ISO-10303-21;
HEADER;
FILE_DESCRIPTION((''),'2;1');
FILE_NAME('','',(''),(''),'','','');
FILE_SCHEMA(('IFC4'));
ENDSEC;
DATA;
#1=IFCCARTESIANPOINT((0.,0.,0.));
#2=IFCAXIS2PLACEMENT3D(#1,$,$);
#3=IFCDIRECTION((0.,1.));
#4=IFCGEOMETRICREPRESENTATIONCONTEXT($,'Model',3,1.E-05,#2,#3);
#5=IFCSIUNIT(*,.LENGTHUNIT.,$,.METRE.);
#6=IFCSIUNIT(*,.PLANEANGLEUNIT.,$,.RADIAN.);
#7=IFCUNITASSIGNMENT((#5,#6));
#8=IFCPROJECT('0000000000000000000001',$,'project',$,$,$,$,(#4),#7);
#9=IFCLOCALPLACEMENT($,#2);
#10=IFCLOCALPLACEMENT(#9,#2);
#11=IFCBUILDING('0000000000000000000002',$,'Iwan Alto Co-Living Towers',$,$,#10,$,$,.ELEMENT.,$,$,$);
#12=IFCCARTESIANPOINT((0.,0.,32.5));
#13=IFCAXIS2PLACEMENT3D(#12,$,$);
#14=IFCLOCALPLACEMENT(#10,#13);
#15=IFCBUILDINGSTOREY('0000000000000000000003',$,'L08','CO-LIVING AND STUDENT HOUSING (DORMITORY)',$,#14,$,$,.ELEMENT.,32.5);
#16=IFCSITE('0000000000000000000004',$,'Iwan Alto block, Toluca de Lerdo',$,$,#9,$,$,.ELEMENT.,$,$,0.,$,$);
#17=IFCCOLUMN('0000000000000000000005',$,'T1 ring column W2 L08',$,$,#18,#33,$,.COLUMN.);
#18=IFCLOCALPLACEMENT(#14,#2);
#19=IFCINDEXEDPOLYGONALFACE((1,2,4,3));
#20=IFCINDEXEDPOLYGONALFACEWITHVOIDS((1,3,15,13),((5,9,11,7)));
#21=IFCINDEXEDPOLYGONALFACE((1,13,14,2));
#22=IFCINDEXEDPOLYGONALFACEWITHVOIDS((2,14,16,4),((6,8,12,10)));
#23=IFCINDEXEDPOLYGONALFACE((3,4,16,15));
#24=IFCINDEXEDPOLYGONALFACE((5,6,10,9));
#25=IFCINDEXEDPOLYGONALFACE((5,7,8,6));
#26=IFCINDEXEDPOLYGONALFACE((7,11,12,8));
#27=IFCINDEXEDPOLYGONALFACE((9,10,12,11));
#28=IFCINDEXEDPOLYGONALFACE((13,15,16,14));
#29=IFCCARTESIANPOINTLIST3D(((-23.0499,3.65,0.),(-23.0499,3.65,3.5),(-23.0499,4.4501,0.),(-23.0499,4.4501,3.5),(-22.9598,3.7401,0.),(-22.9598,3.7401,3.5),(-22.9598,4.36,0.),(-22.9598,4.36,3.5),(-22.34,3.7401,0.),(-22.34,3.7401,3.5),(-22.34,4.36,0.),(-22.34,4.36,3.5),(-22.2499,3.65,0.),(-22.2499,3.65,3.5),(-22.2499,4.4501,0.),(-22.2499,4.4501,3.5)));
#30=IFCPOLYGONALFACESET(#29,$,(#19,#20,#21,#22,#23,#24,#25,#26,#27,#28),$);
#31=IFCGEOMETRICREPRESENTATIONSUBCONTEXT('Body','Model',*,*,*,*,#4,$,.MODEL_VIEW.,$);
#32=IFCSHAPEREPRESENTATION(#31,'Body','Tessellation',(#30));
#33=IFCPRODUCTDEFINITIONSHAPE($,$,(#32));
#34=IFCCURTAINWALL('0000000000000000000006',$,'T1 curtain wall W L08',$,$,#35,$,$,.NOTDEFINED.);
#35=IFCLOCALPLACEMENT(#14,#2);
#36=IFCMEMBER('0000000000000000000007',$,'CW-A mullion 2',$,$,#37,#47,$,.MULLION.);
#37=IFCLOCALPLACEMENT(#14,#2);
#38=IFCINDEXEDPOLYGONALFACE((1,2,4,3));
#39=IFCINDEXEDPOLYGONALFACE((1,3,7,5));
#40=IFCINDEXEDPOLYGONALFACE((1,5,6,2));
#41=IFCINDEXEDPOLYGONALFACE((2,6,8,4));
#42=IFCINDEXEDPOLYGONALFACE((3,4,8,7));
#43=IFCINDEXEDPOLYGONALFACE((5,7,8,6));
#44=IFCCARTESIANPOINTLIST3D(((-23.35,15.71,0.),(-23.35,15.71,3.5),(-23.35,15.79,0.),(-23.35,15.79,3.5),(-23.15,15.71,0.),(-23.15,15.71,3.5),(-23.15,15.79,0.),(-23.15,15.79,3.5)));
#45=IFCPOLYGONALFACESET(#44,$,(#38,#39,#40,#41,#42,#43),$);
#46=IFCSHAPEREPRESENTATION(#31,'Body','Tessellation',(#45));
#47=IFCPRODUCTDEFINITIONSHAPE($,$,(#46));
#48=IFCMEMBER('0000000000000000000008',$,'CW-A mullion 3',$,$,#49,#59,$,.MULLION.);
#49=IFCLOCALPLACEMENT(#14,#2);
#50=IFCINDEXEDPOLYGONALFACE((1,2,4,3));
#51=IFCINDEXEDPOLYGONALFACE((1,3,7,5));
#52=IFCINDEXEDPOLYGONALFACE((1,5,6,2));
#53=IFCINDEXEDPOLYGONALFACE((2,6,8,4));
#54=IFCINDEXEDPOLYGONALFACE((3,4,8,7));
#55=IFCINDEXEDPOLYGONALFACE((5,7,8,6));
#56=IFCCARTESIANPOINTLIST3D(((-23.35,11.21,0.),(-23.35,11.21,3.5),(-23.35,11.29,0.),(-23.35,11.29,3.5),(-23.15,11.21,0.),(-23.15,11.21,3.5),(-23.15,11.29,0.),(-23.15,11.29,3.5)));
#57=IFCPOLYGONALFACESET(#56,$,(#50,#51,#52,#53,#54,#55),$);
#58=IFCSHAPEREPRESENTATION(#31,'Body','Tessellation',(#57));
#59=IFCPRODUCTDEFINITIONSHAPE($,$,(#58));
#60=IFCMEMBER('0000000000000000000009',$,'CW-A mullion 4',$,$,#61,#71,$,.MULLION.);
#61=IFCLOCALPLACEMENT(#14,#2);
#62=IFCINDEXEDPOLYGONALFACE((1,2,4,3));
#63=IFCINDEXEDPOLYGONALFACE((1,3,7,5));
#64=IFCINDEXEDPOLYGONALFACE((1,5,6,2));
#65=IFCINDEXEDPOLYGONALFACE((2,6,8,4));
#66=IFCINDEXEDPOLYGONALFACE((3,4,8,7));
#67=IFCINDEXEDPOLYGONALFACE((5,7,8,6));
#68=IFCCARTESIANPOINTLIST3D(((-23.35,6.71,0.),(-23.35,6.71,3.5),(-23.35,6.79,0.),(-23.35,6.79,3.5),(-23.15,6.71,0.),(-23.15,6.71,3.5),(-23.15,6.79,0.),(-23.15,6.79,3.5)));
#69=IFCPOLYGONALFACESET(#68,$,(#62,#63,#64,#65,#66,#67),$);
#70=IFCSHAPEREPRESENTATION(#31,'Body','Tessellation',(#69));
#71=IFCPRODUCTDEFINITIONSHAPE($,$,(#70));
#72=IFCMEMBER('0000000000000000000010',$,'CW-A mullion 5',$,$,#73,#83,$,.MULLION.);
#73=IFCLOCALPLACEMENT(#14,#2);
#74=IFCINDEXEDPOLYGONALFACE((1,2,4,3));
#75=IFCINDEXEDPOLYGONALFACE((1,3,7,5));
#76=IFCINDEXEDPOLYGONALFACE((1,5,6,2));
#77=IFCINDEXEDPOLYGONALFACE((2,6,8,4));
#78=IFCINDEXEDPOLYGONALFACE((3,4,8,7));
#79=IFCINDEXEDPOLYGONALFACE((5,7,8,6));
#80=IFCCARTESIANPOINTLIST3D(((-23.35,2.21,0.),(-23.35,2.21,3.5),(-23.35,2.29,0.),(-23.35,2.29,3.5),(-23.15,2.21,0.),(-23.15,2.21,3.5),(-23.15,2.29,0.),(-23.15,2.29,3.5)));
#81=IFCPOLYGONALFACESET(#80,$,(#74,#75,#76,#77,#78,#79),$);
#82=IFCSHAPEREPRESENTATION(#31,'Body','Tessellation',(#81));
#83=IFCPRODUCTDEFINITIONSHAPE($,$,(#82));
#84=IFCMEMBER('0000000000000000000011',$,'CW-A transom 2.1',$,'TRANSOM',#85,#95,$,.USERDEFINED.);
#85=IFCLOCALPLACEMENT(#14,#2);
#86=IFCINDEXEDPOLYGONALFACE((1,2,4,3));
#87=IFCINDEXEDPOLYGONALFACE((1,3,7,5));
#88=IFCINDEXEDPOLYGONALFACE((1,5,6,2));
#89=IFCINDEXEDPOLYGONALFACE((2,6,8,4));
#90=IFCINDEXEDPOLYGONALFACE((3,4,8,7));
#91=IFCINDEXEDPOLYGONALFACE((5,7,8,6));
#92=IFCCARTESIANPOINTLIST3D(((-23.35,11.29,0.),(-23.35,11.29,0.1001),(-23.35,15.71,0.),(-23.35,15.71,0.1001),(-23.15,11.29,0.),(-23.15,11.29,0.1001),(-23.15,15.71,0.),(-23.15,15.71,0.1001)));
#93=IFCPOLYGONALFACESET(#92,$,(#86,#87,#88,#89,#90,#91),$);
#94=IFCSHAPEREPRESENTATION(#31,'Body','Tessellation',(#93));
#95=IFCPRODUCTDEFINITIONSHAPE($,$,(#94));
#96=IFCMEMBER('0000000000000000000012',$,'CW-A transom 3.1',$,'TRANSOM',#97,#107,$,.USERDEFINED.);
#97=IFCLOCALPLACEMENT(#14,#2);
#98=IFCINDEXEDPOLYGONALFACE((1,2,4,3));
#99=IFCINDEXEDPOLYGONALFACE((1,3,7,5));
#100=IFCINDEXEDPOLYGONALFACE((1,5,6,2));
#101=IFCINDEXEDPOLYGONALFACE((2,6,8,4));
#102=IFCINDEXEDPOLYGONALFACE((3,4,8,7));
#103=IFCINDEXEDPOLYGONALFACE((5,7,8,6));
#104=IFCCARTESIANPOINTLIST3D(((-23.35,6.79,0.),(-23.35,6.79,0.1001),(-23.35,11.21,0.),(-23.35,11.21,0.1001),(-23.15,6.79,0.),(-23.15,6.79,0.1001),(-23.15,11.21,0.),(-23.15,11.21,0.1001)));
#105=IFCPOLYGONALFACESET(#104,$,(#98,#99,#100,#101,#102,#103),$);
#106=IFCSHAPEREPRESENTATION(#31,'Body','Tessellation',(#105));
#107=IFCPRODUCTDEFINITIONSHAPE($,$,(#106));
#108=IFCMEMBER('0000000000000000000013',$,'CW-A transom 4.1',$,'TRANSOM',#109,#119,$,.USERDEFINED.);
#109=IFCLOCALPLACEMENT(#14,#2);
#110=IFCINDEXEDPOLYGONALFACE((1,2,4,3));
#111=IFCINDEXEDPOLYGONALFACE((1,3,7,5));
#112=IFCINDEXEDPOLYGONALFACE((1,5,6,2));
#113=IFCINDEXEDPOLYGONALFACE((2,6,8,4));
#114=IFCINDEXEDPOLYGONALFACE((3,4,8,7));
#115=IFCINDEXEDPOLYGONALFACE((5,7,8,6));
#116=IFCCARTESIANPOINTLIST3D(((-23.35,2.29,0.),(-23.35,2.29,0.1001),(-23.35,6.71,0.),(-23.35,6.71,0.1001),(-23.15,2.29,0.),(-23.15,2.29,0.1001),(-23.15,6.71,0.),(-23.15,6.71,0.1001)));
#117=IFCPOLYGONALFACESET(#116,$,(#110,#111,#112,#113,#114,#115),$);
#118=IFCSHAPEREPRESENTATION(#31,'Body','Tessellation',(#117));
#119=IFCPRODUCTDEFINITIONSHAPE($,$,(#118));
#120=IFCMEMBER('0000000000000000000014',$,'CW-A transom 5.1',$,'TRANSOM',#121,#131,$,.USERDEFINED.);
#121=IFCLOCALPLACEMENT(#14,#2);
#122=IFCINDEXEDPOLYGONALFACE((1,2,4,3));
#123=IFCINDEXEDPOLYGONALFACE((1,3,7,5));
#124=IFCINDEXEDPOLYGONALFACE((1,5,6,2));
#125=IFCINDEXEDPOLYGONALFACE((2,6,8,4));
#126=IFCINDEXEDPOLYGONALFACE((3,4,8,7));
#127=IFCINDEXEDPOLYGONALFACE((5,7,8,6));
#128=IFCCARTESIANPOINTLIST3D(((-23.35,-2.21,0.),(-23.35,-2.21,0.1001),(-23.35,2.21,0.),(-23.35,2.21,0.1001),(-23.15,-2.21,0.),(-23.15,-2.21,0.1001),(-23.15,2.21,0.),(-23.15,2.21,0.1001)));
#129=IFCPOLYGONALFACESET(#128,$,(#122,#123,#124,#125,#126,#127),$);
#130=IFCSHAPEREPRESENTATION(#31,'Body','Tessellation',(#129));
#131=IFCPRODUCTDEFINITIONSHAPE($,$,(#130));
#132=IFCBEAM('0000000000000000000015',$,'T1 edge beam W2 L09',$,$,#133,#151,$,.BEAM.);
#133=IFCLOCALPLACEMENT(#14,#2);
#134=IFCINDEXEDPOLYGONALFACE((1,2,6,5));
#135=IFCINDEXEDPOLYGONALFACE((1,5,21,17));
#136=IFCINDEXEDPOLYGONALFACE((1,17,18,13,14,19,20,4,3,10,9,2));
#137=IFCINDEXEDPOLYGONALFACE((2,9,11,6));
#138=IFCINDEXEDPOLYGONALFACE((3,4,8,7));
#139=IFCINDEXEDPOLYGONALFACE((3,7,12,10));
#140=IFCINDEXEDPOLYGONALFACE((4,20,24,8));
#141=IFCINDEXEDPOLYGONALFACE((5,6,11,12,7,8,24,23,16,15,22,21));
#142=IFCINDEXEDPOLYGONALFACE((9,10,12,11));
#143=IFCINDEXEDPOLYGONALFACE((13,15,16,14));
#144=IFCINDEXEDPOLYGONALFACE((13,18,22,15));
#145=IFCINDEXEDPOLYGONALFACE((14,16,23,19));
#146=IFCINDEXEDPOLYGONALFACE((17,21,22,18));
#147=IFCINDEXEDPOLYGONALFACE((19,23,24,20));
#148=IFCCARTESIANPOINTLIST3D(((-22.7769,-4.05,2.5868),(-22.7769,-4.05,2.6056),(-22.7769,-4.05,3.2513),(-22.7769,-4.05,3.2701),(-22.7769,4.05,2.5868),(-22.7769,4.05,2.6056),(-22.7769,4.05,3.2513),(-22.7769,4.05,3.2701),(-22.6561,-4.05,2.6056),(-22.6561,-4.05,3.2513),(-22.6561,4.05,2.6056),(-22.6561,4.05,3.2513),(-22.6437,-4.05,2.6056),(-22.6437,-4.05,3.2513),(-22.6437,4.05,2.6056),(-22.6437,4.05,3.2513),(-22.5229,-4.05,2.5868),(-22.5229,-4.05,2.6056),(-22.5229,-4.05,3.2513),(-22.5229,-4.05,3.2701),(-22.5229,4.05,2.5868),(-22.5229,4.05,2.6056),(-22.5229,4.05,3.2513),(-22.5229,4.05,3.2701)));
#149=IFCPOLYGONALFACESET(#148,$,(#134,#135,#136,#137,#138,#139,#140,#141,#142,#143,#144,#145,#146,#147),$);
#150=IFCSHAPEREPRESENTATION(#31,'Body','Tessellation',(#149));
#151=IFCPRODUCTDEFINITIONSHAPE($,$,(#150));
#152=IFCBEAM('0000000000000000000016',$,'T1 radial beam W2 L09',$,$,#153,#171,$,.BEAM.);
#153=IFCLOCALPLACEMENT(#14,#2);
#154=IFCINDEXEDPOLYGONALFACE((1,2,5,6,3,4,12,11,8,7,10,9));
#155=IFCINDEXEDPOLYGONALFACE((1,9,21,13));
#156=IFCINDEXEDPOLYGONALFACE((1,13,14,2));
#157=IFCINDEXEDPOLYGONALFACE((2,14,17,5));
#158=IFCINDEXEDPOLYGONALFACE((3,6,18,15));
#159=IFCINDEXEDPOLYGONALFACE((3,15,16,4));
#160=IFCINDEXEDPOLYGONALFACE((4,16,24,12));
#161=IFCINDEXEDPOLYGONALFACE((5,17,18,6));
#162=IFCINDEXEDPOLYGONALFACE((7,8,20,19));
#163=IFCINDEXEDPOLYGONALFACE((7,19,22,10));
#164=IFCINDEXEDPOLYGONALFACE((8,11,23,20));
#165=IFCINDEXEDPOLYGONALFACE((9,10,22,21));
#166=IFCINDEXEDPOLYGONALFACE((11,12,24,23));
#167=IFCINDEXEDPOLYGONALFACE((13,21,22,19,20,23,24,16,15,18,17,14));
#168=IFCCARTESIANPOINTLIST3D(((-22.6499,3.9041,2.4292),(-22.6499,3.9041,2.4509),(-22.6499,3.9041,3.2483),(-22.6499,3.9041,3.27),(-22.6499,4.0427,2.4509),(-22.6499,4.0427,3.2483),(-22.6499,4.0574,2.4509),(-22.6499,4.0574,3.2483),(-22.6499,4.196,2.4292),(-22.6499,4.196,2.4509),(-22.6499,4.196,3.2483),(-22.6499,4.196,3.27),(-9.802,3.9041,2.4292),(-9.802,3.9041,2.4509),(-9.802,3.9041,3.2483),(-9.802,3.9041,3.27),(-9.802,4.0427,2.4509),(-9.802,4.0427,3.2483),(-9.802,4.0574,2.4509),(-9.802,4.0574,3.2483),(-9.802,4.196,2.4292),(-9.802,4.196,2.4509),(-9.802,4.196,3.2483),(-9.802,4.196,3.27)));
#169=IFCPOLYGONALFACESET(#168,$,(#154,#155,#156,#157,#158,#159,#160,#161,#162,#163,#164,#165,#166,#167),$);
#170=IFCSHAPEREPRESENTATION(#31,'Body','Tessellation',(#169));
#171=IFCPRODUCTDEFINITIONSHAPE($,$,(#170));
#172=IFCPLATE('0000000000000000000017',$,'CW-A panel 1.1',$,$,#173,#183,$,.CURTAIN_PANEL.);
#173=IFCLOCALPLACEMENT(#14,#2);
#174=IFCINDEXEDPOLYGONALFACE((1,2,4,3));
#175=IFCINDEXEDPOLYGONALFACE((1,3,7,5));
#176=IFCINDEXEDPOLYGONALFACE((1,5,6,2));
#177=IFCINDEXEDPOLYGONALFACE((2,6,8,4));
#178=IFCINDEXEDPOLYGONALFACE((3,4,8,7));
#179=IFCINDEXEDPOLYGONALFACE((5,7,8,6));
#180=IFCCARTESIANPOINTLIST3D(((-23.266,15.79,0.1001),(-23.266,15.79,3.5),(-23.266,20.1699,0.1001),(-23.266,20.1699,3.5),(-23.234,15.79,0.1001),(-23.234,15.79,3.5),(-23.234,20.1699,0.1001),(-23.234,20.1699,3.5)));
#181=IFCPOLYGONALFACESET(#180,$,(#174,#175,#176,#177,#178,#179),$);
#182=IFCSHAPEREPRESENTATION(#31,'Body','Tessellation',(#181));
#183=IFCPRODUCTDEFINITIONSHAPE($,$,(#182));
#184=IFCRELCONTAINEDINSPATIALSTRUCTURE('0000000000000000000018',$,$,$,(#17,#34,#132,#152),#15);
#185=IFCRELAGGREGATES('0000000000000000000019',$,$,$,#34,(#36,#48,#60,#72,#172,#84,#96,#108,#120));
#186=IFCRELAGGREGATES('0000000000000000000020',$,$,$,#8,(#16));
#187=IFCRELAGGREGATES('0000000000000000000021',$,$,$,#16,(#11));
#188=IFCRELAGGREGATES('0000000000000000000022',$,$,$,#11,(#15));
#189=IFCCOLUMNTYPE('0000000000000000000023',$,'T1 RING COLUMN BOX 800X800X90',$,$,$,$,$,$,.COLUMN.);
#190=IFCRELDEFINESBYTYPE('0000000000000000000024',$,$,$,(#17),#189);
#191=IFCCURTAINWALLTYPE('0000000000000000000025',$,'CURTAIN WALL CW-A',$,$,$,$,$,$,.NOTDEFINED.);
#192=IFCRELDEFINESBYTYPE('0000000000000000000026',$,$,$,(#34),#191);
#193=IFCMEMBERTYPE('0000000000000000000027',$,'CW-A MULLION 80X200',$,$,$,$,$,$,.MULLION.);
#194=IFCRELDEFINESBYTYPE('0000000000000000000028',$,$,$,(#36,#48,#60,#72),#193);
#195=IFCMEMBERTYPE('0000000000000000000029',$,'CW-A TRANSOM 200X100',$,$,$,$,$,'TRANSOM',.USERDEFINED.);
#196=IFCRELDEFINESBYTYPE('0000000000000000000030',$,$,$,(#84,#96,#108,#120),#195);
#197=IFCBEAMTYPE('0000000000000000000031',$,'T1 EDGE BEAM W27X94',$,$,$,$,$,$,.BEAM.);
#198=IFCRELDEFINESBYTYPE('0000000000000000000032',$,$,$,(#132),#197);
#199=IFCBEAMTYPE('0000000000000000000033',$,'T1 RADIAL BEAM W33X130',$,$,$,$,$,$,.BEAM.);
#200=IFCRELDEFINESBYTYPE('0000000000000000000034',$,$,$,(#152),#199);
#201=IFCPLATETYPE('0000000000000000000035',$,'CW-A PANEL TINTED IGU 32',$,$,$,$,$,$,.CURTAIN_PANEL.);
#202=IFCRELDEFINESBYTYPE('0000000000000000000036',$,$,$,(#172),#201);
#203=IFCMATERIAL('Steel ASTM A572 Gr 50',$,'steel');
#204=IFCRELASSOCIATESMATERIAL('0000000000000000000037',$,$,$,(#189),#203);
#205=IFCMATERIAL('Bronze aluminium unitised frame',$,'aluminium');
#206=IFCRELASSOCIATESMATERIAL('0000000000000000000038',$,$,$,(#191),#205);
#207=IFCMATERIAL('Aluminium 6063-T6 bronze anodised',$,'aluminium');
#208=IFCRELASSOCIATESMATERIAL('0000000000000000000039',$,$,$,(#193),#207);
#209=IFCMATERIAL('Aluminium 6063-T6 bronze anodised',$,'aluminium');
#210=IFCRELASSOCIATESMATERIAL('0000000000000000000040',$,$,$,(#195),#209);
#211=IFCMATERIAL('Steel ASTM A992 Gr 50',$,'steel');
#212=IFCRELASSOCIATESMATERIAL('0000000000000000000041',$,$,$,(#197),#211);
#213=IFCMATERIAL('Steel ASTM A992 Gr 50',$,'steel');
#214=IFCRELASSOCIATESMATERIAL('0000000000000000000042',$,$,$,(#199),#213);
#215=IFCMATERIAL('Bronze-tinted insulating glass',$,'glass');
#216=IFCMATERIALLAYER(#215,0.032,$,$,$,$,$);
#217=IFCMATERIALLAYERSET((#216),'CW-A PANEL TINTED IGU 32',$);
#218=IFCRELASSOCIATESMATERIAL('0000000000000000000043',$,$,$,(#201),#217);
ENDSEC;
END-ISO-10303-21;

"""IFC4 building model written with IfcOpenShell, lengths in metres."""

from ifc_helpers import new_model, si_unit, direction, frame, origin, origin_2d, place, context, subcontext, project, spatial, rectangle, hollow_rectangle, i_section, extrude, material, layer, layer_set, material_profile, profile_set, type_object, element, aggregate, save


model = new_model("IFC4")

# Units and contexts
model_context = context("Model", 3, precision=1e-05, world=origin(), true_north=direction((0.0, 1.0)))
body_context = subcontext(model_context, "Body", "Model", "MODEL_VIEW")
ifc_project = project(units=[si_unit("LENGTHUNIT", "METRE"), si_unit("PLANEANGLEUNIT", "RADIAN")], contexts=[model_context])

# Site, building, storey
site_placement = place(None, origin())
site = spatial("IfcSite", under=ifc_project, at=site_placement, Name="Iwan Alto block, Toluca de Lerdo", CompositionType="ELEMENT", RefElevation=0.0)
building_placement = place(site_placement, origin())
building = spatial("IfcBuilding", under=site, at=building_placement, Name="Iwan Alto Co-Living Towers", CompositionType="ELEMENT")
storey_placement = place(building_placement, frame((0.0, 0.0, 32.5)))
storey = spatial("IfcBuildingStorey", under=building, at=storey_placement, Name="L08", Description="CO-LIVING AND STUDENT HOUSING (DORMITORY)", CompositionType="ELEMENT", Elevation=32.5)

# Column
ifc_material_1 = material(Name="Steel ASTM A572 Gr 50", Category="steel")
ifc_material_profile_1 = material_profile(ifc_material_1, hollow_rectangle(XDim=0.8, YDim=0.8, WallThickness=0.0901, at=origin_2d()), Name="BOX 800X800X90")
ifc_profile_set_1 = profile_set([ifc_material_profile_1], Name="Steel ASTM A572 Gr 50")
column_type = type_object("IfcColumnType", Name="T1 RING COLUMN BOX 800X800X90", PredefinedType="COLUMN", material=ifc_profile_set_1)
column_placement = place(storey_placement, frame((-22.6499, 4.05, 0.0), z_axis=(0.0, 0.0, 1.0), x_axis=(1.0, 0.0, 0.0)))
element("IfcColumn", 1, at=column_placement, inside=storey, type_object=column_type, Name="T1 ring column W2 L08", PredefinedType="COLUMN", context=body_context, shape_type="SweptSolid", body=[
    extrude(hollow_rectangle(XDim=0.8, YDim=0.8, WallThickness=0.0901, at=origin_2d()), origin(), (0.0, 0.0, 1.0), 3.5),
])

# Curtain wall, members
ifc_material_2 = material(Name="Bronze aluminium unitised frame", Category="aluminium")
curtain_wall_type = type_object("IfcCurtainWallType", Name="CURTAIN WALL CW-A", PredefinedType="NOTDEFINED", material=ifc_material_2)
curtain_wall_placement = place(storey_placement, origin())
curtain_wall = element("IfcCurtainWall", 2, at=curtain_wall_placement, inside=storey, type_object=curtain_wall_type, Name="T1 curtain wall W L08", PredefinedType="NOTDEFINED")
ifc_material_3 = material(Name="Aluminium 6063-T6 bronze anodised", Category="aluminium")
ifc_material_profile_2 = material_profile(ifc_material_3, rectangle(XDim=0.2, YDim=0.0801, at=origin_2d()), Name="AL 80X200")
ifc_profile_set_2 = profile_set([ifc_material_profile_2], Name="Aluminium 6063-T6 bronze anodised")
member_type_1 = type_object("IfcMemberType", Name="CW-A MULLION 80X200", PredefinedType="MULLION", material=ifc_profile_set_2)
member_1_placement = place(storey_placement, frame((-23.25, 15.75, 0.0), z_axis=(0.0, 0.0, 1.0), x_axis=(1.0, 0.0, 0.0)))
member_1 = element("IfcMember", 3, at=member_1_placement, type_object=member_type_1, Name="CW-A mullion 2", PredefinedType="MULLION", context=body_context, shape_type="SweptSolid", body=[
    extrude(rectangle(XDim=0.2, YDim=0.0801, at=origin_2d()), origin(), (0.0, 0.0, 1.0), 3.5),
])
member_2_placement = place(storey_placement, frame((-23.25, 11.25, 0.0), z_axis=(0.0, 0.0, 1.0), x_axis=(1.0, 0.0, 0.0)))
member_2 = element("IfcMember", 4, at=member_2_placement, type_object=member_type_1, Name="CW-A mullion 3", PredefinedType="MULLION", context=body_context, shape_type="SweptSolid", body=[
    extrude(rectangle(XDim=0.2, YDim=0.0801, at=origin_2d()), origin(), (0.0, 0.0, 1.0), 3.5),
])
member_3_placement = place(storey_placement, frame((-23.25, 6.75, 0.0), z_axis=(0.0, 0.0, 1.0), x_axis=(1.0, 0.0, 0.0)))
member_3 = element("IfcMember", 5, at=member_3_placement, type_object=member_type_1, Name="CW-A mullion 4", PredefinedType="MULLION", context=body_context, shape_type="SweptSolid", body=[
    extrude(rectangle(XDim=0.2, YDim=0.0801, at=origin_2d()), origin(), (0.0, 0.0, 1.0), 3.5),
])
member_4_placement = place(storey_placement, frame((-23.25, 2.25, 0.0), z_axis=(0.0, 0.0, 1.0), x_axis=(1.0, 0.0, 0.0)))
member_4 = element("IfcMember", 6, at=member_4_placement, type_object=member_type_1, Name="CW-A mullion 5", PredefinedType="MULLION", context=body_context, shape_type="SweptSolid", body=[
    extrude(rectangle(XDim=0.2, YDim=0.0801, at=origin_2d()), origin(), (0.0, 0.0, 1.0), 3.5),
])
ifc_material_4 = material(Name="Aluminium 6063-T6 bronze anodised", Category="aluminium")
ifc_material_profile_3 = material_profile(ifc_material_4, rectangle(XDim=0.2, YDim=0.1001, at=origin_2d()), Name="AL 200X100")
ifc_profile_set_3 = profile_set([ifc_material_profile_3], Name="Aluminium 6063-T6 bronze anodised")
member_type_2 = type_object("IfcMemberType", Name="CW-A TRANSOM 200X100", ElementType="TRANSOM", PredefinedType="USERDEFINED", material=ifc_profile_set_3)
member_5_placement = place(storey_placement, frame((-23.25, 15.71, 0.05), z_axis=(0.0, -1.0, 0.0), x_axis=(1.0, 0.0, 0.0)))
member_5 = element("IfcMember", 7, at=member_5_placement, type_object=member_type_2, Name="CW-A transom 2.1", ObjectType="TRANSOM", PredefinedType="USERDEFINED", context=body_context, shape_type="SweptSolid", body=[
    extrude(rectangle(XDim=0.2, YDim=0.1001, at=origin_2d()), origin(), (0.0, 0.0, 1.0), 4.4199),
])
member_6_placement = place(storey_placement, frame((-23.25, 11.21, 0.05), z_axis=(0.0, -1.0, 0.0), x_axis=(1.0, 0.0, 0.0)))
member_6 = element("IfcMember", 8, at=member_6_placement, type_object=member_type_2, Name="CW-A transom 3.1", ObjectType="TRANSOM", PredefinedType="USERDEFINED", context=body_context, shape_type="SweptSolid", body=[
    extrude(rectangle(XDim=0.2, YDim=0.1001, at=origin_2d()), origin(), (0.0, 0.0, 1.0), 4.4199),
])
member_7_placement = place(storey_placement, frame((-23.25, 6.71, 0.05), z_axis=(0.0, -1.0, 0.0), x_axis=(1.0, 0.0, 0.0)))
member_7 = element("IfcMember", 9, at=member_7_placement, type_object=member_type_2, Name="CW-A transom 4.1", ObjectType="TRANSOM", PredefinedType="USERDEFINED", context=body_context, shape_type="SweptSolid", body=[
    extrude(rectangle(XDim=0.2, YDim=0.1001, at=origin_2d()), origin(), (0.0, 0.0, 1.0), 4.4199),
])
member_8_placement = place(storey_placement, frame((-23.25, 2.21, 0.05), z_axis=(0.0, -1.0, 0.0), x_axis=(1.0, 0.0, 0.0)))
member_8 = element("IfcMember", 10, at=member_8_placement, type_object=member_type_2, Name="CW-A transom 5.1", ObjectType="TRANSOM", PredefinedType="USERDEFINED", context=body_context, shape_type="SweptSolid", body=[
    extrude(rectangle(XDim=0.2, YDim=0.1001, at=origin_2d()), origin(), (0.0, 0.0, 1.0), 4.4199),
])

# Beams
ifc_material_5 = material(Name="Steel ASTM A992 Gr 50", Category="steel")
ifc_material_profile_4 = material_profile(ifc_material_5, i_section(OverallWidth=0.2539, OverallDepth=0.6833, WebThickness=0.0125, FlangeThickness=0.0188, at=origin_2d()), Name="W27X94")
ifc_profile_set_4 = profile_set([ifc_material_profile_4], Name="Steel ASTM A992 Gr 50")
beam_type_1 = type_object("IfcBeamType", Name="T1 EDGE BEAM W27X94", PredefinedType="BEAM", material=ifc_profile_set_4)
beam_1_placement = place(storey_placement, frame((-22.6499, 4.05, 2.9285), z_axis=(0.0, -1.0, 0.0), x_axis=(1.0, 0.0, 0.0)))
element("IfcBeam", 11, at=beam_1_placement, inside=storey, type_object=beam_type_1, Name="T1 edge beam W2 L09", PredefinedType="BEAM", context=body_context, shape_type="SweptSolid", body=[
    extrude(i_section(OverallWidth=0.2539, OverallDepth=0.6833, WebThickness=0.0125, FlangeThickness=0.0188, at=origin_2d()), origin(), (0.0, 0.0, 1.0), 8.1001),
])
ifc_material_6 = material(Name="Steel ASTM A992 Gr 50", Category="steel")
ifc_material_profile_5 = material_profile(ifc_material_6, i_section(OverallWidth=0.292, OverallDepth=0.8408, WebThickness=0.0146, FlangeThickness=0.0217, at=origin_2d()), Name="W33X130")
ifc_profile_set_5 = profile_set([ifc_material_profile_5], Name="Steel ASTM A992 Gr 50")
beam_type_2 = type_object("IfcBeamType", Name="T1 RADIAL BEAM W33X130", PredefinedType="BEAM", material=ifc_profile_set_5)
beam_2_placement = place(storey_placement, frame((-22.6499, 4.05, 2.8496), z_axis=(1.0, 0.0, 0.0), x_axis=(0.0, 1.0, 0.0)))
element("IfcBeam", 12, at=beam_2_placement, inside=storey, type_object=beam_type_2, Name="T1 radial beam W2 L09", PredefinedType="BEAM", context=body_context, shape_type="SweptSolid", body=[
    extrude(i_section(OverallWidth=0.292, OverallDepth=0.8408, WebThickness=0.0146, FlangeThickness=0.0217, at=origin_2d()), origin(), (0.0, 0.0, 1.0), 12.8479),
])

# Plate
ifc_material_7 = material(Name="Bronze-tinted insulating glass", Category="glass")
ifc_layer_1 = layer(ifc_material_7, 0.032)
ifc_layer_set_1 = layer_set([ifc_layer_1], Name="CW-A PANEL TINTED IGU 32")
plate_type = type_object("IfcPlateType", Name="CW-A PANEL TINTED IGU 32", PredefinedType="CURTAIN_PANEL", material=ifc_layer_set_1)
plate_1_placement = place(storey_placement, frame((-23.25, 17.98, 0.1001), z_axis=(0.0, 0.0, 1.0), x_axis=(0.0, -1.0, 0.0)))
plate_1 = element("IfcPlate", 13, at=plate_1_placement, type_object=plate_type, Name="CW-A panel 1.1", PredefinedType="CURTAIN_PANEL", context=body_context, shape_type="SweptSolid", body=[
    extrude(rectangle(XDim=4.3799, YDim=0.032, at=origin_2d()), origin(), (0.0, 0.0, 1.0), 3.3999),
])
aggregate(curtain_wall, [member_1, member_2, member_3, member_4, plate_1, member_5, member_6, member_7, member_8])

save(model, "model.ifc")
